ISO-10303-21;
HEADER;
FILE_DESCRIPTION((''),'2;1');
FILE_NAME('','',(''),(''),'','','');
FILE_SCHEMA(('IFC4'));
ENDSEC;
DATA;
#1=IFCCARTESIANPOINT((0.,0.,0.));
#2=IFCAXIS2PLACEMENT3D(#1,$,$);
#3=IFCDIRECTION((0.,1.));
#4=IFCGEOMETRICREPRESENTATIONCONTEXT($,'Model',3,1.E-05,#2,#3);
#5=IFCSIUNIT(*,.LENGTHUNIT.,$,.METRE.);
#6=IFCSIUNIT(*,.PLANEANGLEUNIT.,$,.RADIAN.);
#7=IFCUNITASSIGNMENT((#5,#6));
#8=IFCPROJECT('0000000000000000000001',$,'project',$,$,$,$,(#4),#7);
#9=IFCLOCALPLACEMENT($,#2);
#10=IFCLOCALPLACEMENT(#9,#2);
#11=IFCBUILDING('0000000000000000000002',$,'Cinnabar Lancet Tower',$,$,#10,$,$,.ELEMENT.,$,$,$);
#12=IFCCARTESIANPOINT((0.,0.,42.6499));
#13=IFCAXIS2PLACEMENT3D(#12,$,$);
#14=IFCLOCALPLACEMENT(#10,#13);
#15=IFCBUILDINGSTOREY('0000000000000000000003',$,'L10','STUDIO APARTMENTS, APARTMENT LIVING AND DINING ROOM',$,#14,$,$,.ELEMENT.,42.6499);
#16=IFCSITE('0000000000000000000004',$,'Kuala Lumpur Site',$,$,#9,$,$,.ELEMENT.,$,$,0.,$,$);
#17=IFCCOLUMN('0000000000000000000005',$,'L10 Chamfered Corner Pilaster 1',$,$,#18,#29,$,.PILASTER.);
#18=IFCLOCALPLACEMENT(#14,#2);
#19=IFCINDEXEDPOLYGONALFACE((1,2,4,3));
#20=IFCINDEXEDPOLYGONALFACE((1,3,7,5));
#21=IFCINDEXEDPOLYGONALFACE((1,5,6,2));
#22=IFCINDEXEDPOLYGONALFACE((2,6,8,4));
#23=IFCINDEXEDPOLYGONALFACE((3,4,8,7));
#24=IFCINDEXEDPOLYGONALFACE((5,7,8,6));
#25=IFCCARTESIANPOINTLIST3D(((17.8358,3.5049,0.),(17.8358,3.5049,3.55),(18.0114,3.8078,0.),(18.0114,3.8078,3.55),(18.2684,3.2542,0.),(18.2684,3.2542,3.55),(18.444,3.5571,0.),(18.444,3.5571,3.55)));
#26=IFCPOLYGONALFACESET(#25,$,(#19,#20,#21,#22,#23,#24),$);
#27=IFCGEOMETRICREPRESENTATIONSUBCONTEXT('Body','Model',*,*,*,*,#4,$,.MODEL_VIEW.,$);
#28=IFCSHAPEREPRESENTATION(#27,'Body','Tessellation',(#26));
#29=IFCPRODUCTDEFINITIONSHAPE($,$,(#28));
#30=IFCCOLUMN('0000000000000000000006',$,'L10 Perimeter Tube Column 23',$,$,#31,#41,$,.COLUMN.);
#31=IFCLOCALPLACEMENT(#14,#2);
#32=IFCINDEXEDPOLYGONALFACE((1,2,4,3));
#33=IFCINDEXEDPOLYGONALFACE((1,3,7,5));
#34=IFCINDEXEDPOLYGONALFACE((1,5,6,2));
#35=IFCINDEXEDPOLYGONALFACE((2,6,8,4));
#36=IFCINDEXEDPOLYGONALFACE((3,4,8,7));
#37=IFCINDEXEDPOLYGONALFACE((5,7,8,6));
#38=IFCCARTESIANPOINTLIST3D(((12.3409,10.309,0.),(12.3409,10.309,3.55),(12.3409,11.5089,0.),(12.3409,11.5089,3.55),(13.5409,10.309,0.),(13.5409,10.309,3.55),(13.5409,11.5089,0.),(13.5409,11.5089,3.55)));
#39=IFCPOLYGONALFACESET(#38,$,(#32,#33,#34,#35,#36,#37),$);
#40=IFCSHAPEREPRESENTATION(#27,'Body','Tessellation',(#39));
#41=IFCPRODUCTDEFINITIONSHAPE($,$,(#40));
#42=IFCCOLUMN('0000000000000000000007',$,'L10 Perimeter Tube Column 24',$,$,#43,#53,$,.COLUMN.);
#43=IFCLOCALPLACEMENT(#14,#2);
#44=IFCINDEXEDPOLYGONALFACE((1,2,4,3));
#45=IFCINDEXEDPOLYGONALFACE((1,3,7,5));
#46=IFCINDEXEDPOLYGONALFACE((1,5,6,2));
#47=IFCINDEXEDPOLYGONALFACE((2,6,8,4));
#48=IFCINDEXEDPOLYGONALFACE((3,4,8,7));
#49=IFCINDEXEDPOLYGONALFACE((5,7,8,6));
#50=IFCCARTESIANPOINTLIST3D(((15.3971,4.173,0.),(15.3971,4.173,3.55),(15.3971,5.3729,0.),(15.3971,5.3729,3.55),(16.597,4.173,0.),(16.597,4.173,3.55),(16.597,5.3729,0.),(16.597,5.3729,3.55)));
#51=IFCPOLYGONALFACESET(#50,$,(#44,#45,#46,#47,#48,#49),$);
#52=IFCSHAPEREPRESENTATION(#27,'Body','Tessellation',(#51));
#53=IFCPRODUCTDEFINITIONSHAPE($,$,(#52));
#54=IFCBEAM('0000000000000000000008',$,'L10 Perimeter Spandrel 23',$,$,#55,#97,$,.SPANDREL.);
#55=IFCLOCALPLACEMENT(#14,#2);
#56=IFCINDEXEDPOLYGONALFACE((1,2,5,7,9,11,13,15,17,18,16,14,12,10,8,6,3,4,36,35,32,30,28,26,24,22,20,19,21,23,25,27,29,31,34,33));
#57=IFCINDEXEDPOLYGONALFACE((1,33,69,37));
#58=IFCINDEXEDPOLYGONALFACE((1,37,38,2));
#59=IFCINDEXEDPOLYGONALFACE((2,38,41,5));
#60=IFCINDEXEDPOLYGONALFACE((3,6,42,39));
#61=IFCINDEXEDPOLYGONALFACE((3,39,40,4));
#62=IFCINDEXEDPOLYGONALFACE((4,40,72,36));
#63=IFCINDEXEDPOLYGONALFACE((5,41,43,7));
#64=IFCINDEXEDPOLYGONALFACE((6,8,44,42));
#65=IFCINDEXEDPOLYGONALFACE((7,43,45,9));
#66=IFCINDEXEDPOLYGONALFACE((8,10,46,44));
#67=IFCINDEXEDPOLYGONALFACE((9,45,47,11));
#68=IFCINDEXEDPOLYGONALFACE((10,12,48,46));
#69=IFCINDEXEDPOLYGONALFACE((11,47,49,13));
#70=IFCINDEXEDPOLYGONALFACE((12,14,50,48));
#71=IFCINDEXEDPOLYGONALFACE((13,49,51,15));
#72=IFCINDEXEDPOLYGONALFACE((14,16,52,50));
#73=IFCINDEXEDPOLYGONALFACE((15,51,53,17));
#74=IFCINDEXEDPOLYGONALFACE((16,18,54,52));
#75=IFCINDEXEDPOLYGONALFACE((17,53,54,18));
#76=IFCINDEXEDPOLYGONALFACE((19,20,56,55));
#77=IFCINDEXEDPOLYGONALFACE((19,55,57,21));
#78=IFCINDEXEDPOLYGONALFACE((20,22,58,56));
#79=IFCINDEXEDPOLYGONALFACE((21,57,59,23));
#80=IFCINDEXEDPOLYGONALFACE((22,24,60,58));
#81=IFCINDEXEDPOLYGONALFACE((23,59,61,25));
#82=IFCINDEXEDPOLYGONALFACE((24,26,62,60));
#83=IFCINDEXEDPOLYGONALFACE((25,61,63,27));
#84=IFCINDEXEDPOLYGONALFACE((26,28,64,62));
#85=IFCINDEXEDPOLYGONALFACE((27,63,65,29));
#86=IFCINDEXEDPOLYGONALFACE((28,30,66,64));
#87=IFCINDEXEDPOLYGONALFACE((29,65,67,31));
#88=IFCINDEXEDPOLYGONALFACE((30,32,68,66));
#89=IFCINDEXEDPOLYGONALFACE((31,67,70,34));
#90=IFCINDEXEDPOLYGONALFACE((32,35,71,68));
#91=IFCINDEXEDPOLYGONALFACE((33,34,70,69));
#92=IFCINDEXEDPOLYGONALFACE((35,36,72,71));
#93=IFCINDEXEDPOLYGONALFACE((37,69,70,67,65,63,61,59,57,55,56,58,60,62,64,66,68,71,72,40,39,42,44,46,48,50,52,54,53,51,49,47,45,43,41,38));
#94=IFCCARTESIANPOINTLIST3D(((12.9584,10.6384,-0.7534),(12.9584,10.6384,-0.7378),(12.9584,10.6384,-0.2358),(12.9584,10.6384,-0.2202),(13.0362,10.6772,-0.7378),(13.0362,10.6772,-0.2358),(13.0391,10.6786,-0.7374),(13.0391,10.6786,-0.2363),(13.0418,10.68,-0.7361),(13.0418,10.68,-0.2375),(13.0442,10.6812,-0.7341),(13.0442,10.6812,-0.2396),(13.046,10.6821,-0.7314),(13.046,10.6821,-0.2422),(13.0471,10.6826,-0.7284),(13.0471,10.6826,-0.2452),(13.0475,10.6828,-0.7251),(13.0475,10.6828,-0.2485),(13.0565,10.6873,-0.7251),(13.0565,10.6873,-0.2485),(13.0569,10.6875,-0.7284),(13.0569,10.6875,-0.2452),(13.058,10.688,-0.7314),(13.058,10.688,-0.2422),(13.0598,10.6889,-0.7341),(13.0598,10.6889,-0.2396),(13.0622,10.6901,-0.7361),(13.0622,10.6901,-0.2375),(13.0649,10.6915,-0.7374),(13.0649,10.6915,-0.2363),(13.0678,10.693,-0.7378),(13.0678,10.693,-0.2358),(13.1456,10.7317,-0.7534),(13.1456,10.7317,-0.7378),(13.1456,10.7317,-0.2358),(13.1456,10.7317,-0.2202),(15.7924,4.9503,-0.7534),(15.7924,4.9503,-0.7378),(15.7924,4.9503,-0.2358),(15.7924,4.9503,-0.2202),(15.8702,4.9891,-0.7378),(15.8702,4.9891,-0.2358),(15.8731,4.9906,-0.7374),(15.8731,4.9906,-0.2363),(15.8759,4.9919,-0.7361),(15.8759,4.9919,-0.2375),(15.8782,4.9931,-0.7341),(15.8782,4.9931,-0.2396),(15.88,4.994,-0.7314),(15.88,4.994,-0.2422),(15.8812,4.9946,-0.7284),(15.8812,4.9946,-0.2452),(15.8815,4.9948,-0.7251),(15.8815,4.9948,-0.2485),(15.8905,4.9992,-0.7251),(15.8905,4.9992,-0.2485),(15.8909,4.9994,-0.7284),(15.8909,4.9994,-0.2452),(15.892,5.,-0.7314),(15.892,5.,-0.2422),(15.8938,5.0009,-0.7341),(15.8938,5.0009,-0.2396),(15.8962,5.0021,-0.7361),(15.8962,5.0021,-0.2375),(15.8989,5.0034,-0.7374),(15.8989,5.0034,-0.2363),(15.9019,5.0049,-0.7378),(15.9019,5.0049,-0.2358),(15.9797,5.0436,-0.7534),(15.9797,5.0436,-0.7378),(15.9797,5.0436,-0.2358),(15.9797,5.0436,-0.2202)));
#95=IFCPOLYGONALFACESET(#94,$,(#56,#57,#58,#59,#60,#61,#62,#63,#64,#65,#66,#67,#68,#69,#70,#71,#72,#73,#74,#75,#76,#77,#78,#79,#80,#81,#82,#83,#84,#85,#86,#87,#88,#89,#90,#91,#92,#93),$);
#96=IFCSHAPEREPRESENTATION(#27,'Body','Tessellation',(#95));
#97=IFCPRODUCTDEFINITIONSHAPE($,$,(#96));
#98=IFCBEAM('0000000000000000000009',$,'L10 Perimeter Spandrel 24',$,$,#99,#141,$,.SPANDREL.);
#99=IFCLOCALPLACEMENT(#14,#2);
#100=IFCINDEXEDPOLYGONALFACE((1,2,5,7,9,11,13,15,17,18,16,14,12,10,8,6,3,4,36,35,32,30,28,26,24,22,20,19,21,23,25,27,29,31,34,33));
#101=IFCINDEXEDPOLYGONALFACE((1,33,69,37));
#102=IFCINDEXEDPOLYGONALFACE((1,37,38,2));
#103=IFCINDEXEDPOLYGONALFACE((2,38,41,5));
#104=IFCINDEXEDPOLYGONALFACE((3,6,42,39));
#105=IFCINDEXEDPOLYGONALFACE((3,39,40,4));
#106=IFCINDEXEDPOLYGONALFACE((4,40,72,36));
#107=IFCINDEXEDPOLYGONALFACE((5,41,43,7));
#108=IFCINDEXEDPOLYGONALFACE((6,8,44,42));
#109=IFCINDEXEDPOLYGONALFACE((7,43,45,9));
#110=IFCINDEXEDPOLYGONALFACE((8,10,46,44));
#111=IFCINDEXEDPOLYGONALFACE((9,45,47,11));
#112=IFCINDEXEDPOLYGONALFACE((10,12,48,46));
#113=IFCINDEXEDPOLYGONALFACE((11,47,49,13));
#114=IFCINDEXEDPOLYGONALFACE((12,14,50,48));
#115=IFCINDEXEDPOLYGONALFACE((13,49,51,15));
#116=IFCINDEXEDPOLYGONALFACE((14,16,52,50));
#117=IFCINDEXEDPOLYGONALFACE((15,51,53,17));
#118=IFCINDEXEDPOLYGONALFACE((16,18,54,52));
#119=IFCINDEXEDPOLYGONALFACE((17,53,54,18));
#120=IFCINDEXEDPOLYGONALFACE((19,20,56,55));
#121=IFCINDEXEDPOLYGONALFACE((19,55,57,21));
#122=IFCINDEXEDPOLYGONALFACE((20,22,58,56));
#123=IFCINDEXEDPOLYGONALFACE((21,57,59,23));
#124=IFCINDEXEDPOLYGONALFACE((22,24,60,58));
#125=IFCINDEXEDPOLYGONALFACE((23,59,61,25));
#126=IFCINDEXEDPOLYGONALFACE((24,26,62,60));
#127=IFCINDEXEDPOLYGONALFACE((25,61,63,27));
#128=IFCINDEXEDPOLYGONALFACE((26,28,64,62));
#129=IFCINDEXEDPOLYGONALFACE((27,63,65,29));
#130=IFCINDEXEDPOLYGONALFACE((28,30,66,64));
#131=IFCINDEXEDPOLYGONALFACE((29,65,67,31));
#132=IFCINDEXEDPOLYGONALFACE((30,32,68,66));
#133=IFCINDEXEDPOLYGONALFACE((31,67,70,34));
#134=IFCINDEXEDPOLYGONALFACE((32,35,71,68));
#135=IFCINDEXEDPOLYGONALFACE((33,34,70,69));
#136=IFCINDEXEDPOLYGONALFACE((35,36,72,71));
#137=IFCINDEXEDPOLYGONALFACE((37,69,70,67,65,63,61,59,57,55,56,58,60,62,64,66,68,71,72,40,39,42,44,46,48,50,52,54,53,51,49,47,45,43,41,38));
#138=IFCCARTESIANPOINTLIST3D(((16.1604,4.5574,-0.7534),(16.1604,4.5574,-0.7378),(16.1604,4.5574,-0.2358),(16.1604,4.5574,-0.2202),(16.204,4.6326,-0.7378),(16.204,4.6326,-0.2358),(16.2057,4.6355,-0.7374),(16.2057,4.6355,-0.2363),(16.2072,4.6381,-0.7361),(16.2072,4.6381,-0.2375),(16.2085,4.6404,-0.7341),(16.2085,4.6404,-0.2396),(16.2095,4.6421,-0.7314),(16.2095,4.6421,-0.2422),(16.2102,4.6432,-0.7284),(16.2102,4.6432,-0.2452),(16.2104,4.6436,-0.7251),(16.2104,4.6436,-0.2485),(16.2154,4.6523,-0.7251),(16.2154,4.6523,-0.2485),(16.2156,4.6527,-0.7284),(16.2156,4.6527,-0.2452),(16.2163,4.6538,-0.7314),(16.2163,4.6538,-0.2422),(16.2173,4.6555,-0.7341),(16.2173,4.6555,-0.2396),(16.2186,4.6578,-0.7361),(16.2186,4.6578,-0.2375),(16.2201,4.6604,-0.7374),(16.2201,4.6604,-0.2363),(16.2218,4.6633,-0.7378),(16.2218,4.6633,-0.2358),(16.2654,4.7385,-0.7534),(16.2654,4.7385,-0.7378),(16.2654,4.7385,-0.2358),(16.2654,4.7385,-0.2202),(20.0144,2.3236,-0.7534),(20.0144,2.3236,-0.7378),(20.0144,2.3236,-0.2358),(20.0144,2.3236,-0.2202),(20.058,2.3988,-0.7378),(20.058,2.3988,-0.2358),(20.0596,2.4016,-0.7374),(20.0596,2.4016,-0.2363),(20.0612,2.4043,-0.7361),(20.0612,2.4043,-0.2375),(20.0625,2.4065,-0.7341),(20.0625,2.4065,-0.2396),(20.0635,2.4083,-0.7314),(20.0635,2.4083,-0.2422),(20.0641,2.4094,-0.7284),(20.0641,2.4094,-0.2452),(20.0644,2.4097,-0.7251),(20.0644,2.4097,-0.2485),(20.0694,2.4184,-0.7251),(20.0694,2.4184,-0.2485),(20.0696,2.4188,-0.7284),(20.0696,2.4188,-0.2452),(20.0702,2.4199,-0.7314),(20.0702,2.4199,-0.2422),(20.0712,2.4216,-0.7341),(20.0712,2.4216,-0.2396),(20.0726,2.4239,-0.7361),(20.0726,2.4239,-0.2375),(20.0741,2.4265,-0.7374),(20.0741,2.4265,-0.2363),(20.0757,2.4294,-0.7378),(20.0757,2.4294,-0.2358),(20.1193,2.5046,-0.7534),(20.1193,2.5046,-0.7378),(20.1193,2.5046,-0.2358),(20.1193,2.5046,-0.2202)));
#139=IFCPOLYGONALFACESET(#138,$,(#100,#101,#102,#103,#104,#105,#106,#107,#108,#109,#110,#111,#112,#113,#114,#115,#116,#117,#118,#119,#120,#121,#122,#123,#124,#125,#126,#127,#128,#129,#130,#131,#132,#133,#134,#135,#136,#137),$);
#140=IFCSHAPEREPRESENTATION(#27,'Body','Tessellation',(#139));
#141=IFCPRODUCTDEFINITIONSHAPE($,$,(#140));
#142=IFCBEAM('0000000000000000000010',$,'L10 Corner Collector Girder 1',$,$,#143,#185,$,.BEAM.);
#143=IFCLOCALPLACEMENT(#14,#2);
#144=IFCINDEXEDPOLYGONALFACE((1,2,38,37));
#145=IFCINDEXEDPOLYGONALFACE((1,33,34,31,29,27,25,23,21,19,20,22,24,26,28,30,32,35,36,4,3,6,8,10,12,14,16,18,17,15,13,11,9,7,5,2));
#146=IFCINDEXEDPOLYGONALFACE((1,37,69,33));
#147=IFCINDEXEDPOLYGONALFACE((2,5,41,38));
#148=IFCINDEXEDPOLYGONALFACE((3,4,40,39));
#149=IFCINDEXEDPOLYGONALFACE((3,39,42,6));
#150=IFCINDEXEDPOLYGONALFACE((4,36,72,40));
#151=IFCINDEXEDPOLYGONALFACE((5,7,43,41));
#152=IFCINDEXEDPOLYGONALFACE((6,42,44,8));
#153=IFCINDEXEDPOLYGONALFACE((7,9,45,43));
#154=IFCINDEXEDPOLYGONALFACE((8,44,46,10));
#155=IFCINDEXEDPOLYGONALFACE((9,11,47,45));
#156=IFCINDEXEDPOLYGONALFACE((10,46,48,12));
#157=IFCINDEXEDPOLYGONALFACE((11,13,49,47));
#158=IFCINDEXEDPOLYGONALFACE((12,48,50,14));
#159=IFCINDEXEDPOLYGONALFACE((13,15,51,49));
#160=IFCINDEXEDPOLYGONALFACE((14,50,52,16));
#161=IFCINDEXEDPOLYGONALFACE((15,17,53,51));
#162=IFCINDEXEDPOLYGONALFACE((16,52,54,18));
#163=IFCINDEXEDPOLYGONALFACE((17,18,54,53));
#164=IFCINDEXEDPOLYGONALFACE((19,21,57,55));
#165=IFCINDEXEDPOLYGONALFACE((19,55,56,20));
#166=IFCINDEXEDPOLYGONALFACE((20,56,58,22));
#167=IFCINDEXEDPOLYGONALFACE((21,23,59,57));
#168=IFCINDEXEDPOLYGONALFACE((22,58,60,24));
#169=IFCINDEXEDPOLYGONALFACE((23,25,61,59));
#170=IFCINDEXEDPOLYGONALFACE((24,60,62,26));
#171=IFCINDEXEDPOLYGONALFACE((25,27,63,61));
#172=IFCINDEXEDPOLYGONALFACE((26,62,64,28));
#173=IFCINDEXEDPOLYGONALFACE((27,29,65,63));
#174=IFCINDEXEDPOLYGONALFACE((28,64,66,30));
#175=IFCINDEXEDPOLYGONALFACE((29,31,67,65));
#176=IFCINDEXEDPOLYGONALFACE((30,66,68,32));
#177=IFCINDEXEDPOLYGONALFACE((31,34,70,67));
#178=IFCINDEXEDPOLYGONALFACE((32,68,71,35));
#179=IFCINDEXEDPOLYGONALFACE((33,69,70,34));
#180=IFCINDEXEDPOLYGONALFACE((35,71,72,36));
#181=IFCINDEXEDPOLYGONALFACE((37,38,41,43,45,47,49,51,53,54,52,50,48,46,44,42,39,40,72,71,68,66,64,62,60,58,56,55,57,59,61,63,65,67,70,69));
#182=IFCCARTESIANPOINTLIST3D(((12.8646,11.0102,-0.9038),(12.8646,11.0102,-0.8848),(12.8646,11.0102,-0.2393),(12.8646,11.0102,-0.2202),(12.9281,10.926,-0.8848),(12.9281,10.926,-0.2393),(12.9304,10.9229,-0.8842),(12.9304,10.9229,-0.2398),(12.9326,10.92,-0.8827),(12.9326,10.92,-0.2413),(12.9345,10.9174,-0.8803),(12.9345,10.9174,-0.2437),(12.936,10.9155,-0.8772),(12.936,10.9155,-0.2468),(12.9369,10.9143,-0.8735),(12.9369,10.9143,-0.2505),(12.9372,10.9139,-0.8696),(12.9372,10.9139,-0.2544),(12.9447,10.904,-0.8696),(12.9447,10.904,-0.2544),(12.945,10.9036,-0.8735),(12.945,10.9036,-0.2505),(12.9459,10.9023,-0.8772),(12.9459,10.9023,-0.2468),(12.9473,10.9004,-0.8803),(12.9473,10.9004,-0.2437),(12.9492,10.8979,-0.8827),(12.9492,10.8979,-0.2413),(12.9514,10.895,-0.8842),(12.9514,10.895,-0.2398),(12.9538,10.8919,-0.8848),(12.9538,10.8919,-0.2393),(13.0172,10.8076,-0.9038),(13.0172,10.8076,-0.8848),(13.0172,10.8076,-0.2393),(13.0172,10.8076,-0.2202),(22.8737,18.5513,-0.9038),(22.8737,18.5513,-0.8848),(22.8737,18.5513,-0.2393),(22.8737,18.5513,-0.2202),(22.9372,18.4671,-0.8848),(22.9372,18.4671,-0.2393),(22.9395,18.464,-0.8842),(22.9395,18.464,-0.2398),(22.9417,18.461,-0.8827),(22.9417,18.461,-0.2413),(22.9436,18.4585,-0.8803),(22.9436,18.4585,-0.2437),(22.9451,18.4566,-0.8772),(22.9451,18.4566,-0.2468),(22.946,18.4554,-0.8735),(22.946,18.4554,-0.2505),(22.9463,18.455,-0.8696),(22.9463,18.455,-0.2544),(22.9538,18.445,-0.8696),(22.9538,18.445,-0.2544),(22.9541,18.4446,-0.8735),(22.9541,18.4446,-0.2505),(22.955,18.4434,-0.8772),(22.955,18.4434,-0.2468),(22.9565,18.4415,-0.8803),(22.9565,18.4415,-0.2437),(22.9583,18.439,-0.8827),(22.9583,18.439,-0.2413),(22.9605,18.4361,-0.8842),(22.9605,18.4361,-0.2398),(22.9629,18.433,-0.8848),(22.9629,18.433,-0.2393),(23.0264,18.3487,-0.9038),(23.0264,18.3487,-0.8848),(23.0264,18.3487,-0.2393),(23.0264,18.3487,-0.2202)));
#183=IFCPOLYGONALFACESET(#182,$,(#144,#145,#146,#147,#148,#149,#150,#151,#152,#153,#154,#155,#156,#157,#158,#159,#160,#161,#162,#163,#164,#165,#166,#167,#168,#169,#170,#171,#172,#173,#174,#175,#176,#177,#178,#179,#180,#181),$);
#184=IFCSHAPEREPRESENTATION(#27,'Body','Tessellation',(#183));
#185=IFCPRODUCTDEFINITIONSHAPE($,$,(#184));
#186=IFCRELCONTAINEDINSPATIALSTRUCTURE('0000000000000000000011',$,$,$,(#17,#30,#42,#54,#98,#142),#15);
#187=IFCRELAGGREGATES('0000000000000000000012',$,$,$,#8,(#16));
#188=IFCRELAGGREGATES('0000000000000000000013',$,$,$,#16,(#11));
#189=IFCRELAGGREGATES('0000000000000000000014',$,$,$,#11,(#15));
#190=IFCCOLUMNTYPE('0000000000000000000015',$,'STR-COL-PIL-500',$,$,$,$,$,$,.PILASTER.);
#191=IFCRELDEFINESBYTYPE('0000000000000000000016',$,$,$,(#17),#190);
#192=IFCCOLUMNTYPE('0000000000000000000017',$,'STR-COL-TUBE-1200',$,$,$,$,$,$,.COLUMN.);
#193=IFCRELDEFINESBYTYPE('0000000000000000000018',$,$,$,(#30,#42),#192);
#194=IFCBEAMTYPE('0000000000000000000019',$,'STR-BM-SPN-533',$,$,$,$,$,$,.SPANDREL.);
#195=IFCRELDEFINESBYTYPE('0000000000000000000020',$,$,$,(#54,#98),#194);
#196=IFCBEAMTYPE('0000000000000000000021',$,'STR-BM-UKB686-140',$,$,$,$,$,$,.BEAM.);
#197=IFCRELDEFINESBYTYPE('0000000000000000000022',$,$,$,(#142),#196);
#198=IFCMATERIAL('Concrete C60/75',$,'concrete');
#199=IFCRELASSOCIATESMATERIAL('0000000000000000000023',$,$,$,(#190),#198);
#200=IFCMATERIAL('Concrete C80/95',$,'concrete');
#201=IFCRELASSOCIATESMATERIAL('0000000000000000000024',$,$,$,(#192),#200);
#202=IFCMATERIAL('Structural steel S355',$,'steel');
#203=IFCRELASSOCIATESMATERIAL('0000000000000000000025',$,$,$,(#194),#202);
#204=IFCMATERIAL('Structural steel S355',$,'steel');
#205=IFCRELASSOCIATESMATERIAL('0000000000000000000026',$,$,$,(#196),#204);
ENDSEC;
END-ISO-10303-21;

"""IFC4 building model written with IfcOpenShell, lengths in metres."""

from ifc_helpers import new_model, si_unit, direction, frame, origin, origin_2d, place, context, subcontext, project, spatial, rectangle, i_section, extrude, material, material_profile, profile_set, type_object, element, save


model = new_model("IFC4")

# Units and contexts
model_context = context("Model", 3, precision=1e-05, world=origin(), true_north=direction((0.0, 1.0)))
body_context = subcontext(model_context, "Body", "Model", "MODEL_VIEW")
ifc_project = project(units=[si_unit("LENGTHUNIT", "METRE"), si_unit("PLANEANGLEUNIT", "RADIAN")], contexts=[model_context])

# Site, building, storey
site_placement = place(None, origin())
site = spatial("IfcSite", under=ifc_project, at=site_placement, Name="Kuala Lumpur Site", CompositionType="ELEMENT", RefElevation=0.0)
building_placement = place(site_placement, origin())
building = spatial("IfcBuilding", under=site, at=building_placement, Name="Cinnabar Lancet Tower", CompositionType="ELEMENT")
storey_placement = place(building_placement, frame((0.0, 0.0, 42.6499)))
storey = spatial("IfcBuildingStorey", under=building, at=storey_placement, Name="L10", Description="STUDIO APARTMENTS, APARTMENT LIVING AND DINING ROOM", CompositionType="ELEMENT", Elevation=42.6499)

# Columns
ifc_material_1 = material(Name="Concrete C60/75", Category="concrete")
ifc_material_profile_1 = material_profile(ifc_material_1, rectangle(XDim=0.5, YDim=0.3501, at=origin_2d()), Name="RC-PIL 500x350")
ifc_profile_set_1 = profile_set([ifc_material_profile_1], Name="Concrete C60/75")
column_type_1 = type_object("IfcColumnType", Name="STR-COL-PIL-500", PredefinedType="PILASTER", material=ifc_profile_set_1)
column_placement = place(storey_placement, frame((18.1399, 3.531, 0.0), z_axis=(0.0, 0.0, 1.0), x_axis=(0.865195, -0.501435, 0.0)))
element("IfcColumn", 1, at=column_placement, inside=storey, type_object=column_type_1, Name="L10 Chamfered Corner Pilaster 1", PredefinedType="PILASTER", context=body_context, shape_type="SweptSolid", body=[
    extrude(rectangle(XDim=0.5, YDim=0.3501, at=origin_2d()), origin(), (0.0, 0.0, 1.0), 3.55),
])
ifc_material_2 = material(Name="Concrete C80/95", Category="concrete")
ifc_material_profile_2 = material_profile(ifc_material_2, rectangle(XDim=1.2, YDim=1.2, at=origin_2d()), Name="RC-COL 1200x1200")
ifc_profile_set_2 = profile_set([ifc_material_profile_2], Name="Concrete C80/95")
column_type_2 = type_object("IfcColumnType", Name="STR-COL-TUBE-1200", PredefinedType="COLUMN", material=ifc_profile_set_2)
for number, where, z_axis, x_axis, name in (
    (2, (12.9409, 10.9089, 0.0), (0.0, 0.0, 1.0), (1.0, 0.0, 0.0), "L10 Perimeter Tube Column 23"),
    (3, (15.9971, 4.7729, 0.0), (0.0, 0.0, 1.0), (1.0, 0.0, 0.0), "L10 Perimeter Tube Column 24"),
):
    element("IfcColumn", number, at=place(storey_placement, frame(where, z_axis=z_axis, x_axis=x_axis)), inside=storey, type_object=column_type_2, Name=name, PredefinedType="COLUMN", context=body_context, shape_type="SweptSolid", body=[
        extrude(rectangle(XDim=1.2, YDim=1.2, at=origin_2d()), origin(), (0.0, 0.0, 1.0), 3.55),
    ])

# Beams
ifc_material_3 = material(Name="Structural steel S355", Category="steel")
ifc_material_profile_3 = material_profile(ifc_material_3, i_section(OverallWidth=0.2092, OverallDepth=0.5332, WebThickness=0.01, FlangeThickness=0.0156, FilletRadius=0.0127, at=origin_2d()), Name="UKB 533x210x92")
ifc_profile_set_3 = profile_set([ifc_material_profile_3], Name="Structural steel S355")
beam_type_1 = type_object("IfcBeamType", Name="STR-BM-SPN-533", PredefinedType="SPANDREL", material=ifc_profile_set_3)
beam_1_placement = place(storey_placement, frame((13.052, 10.6851, -0.4868), z_axis=(0.445953, -0.895056, 0.0), x_axis=(0.895056, 0.445953, 0.0)))
element("IfcBeam", 4, at=beam_1_placement, inside=storey, type_object=beam_type_1, Name="L10 Perimeter Spandrel 23", PredefinedType="SPANDREL", context=body_context, shape_type="SweptSolid", body=[
    extrude(i_section(OverallWidth=0.2092, OverallDepth=0.5332, WebThickness=0.01, FlangeThickness=0.0156, FilletRadius=0.0127, at=origin_2d()), origin(), (0.0, 0.0, 1.0), 6.355),
])
beam_2_placement = place(storey_placement, frame((16.2129, 4.6479, -0.4868), z_axis=(0.865171, -0.501477, 0.0), x_axis=(0.501477, 0.865171, 0.0)))
element("IfcBeam", 5, at=beam_2_placement, inside=storey, type_object=beam_type_1, Name="L10 Perimeter Spandrel 24", PredefinedType="SPANDREL", context=body_context, shape_type="SweptSolid", body=[
    extrude(i_section(OverallWidth=0.2092, OverallDepth=0.5332, WebThickness=0.01, FlangeThickness=0.0156, FilletRadius=0.0127, at=origin_2d()), origin(), (0.0, 0.0, 1.0), 4.4546),
])
ifc_material_4 = material(Name="Structural steel S355", Category="steel")
ifc_material_profile_4 = material_profile(ifc_material_4, i_section(OverallWidth=0.2537, OverallDepth=0.6836, WebThickness=0.0125, FlangeThickness=0.019, FilletRadius=0.0151, at=origin_2d()), Name="UKB 686x254x140")
ifc_profile_set_4 = profile_set([ifc_material_profile_4], Name="Structural steel S355")
beam_type_2 = type_object("IfcBeamType", Name="STR-BM-UKB686-140", PredefinedType="BEAM", material=ifc_profile_set_4)
beam_3_placement = place(storey_placement, frame((12.9409, 10.9089, -0.562), z_axis=(0.798687, 0.601747, 0.0), x_axis=(-0.601747, 0.798687, 0.0)))
element("IfcBeam", 6, at=beam_3_placement, inside=storey, type_object=beam_type_2, Name="L10 Corner Collector Girder 1", PredefinedType="BEAM", context=body_context, shape_type="SweptSolid", body=[
    extrude(i_section(OverallWidth=0.2537, OverallDepth=0.6836, WebThickness=0.0125, FlangeThickness=0.019, FilletRadius=0.0151, at=origin_2d()), origin(), (0.0, 0.0, 1.0), 12.532),
])

save(model, "model.ifc")
